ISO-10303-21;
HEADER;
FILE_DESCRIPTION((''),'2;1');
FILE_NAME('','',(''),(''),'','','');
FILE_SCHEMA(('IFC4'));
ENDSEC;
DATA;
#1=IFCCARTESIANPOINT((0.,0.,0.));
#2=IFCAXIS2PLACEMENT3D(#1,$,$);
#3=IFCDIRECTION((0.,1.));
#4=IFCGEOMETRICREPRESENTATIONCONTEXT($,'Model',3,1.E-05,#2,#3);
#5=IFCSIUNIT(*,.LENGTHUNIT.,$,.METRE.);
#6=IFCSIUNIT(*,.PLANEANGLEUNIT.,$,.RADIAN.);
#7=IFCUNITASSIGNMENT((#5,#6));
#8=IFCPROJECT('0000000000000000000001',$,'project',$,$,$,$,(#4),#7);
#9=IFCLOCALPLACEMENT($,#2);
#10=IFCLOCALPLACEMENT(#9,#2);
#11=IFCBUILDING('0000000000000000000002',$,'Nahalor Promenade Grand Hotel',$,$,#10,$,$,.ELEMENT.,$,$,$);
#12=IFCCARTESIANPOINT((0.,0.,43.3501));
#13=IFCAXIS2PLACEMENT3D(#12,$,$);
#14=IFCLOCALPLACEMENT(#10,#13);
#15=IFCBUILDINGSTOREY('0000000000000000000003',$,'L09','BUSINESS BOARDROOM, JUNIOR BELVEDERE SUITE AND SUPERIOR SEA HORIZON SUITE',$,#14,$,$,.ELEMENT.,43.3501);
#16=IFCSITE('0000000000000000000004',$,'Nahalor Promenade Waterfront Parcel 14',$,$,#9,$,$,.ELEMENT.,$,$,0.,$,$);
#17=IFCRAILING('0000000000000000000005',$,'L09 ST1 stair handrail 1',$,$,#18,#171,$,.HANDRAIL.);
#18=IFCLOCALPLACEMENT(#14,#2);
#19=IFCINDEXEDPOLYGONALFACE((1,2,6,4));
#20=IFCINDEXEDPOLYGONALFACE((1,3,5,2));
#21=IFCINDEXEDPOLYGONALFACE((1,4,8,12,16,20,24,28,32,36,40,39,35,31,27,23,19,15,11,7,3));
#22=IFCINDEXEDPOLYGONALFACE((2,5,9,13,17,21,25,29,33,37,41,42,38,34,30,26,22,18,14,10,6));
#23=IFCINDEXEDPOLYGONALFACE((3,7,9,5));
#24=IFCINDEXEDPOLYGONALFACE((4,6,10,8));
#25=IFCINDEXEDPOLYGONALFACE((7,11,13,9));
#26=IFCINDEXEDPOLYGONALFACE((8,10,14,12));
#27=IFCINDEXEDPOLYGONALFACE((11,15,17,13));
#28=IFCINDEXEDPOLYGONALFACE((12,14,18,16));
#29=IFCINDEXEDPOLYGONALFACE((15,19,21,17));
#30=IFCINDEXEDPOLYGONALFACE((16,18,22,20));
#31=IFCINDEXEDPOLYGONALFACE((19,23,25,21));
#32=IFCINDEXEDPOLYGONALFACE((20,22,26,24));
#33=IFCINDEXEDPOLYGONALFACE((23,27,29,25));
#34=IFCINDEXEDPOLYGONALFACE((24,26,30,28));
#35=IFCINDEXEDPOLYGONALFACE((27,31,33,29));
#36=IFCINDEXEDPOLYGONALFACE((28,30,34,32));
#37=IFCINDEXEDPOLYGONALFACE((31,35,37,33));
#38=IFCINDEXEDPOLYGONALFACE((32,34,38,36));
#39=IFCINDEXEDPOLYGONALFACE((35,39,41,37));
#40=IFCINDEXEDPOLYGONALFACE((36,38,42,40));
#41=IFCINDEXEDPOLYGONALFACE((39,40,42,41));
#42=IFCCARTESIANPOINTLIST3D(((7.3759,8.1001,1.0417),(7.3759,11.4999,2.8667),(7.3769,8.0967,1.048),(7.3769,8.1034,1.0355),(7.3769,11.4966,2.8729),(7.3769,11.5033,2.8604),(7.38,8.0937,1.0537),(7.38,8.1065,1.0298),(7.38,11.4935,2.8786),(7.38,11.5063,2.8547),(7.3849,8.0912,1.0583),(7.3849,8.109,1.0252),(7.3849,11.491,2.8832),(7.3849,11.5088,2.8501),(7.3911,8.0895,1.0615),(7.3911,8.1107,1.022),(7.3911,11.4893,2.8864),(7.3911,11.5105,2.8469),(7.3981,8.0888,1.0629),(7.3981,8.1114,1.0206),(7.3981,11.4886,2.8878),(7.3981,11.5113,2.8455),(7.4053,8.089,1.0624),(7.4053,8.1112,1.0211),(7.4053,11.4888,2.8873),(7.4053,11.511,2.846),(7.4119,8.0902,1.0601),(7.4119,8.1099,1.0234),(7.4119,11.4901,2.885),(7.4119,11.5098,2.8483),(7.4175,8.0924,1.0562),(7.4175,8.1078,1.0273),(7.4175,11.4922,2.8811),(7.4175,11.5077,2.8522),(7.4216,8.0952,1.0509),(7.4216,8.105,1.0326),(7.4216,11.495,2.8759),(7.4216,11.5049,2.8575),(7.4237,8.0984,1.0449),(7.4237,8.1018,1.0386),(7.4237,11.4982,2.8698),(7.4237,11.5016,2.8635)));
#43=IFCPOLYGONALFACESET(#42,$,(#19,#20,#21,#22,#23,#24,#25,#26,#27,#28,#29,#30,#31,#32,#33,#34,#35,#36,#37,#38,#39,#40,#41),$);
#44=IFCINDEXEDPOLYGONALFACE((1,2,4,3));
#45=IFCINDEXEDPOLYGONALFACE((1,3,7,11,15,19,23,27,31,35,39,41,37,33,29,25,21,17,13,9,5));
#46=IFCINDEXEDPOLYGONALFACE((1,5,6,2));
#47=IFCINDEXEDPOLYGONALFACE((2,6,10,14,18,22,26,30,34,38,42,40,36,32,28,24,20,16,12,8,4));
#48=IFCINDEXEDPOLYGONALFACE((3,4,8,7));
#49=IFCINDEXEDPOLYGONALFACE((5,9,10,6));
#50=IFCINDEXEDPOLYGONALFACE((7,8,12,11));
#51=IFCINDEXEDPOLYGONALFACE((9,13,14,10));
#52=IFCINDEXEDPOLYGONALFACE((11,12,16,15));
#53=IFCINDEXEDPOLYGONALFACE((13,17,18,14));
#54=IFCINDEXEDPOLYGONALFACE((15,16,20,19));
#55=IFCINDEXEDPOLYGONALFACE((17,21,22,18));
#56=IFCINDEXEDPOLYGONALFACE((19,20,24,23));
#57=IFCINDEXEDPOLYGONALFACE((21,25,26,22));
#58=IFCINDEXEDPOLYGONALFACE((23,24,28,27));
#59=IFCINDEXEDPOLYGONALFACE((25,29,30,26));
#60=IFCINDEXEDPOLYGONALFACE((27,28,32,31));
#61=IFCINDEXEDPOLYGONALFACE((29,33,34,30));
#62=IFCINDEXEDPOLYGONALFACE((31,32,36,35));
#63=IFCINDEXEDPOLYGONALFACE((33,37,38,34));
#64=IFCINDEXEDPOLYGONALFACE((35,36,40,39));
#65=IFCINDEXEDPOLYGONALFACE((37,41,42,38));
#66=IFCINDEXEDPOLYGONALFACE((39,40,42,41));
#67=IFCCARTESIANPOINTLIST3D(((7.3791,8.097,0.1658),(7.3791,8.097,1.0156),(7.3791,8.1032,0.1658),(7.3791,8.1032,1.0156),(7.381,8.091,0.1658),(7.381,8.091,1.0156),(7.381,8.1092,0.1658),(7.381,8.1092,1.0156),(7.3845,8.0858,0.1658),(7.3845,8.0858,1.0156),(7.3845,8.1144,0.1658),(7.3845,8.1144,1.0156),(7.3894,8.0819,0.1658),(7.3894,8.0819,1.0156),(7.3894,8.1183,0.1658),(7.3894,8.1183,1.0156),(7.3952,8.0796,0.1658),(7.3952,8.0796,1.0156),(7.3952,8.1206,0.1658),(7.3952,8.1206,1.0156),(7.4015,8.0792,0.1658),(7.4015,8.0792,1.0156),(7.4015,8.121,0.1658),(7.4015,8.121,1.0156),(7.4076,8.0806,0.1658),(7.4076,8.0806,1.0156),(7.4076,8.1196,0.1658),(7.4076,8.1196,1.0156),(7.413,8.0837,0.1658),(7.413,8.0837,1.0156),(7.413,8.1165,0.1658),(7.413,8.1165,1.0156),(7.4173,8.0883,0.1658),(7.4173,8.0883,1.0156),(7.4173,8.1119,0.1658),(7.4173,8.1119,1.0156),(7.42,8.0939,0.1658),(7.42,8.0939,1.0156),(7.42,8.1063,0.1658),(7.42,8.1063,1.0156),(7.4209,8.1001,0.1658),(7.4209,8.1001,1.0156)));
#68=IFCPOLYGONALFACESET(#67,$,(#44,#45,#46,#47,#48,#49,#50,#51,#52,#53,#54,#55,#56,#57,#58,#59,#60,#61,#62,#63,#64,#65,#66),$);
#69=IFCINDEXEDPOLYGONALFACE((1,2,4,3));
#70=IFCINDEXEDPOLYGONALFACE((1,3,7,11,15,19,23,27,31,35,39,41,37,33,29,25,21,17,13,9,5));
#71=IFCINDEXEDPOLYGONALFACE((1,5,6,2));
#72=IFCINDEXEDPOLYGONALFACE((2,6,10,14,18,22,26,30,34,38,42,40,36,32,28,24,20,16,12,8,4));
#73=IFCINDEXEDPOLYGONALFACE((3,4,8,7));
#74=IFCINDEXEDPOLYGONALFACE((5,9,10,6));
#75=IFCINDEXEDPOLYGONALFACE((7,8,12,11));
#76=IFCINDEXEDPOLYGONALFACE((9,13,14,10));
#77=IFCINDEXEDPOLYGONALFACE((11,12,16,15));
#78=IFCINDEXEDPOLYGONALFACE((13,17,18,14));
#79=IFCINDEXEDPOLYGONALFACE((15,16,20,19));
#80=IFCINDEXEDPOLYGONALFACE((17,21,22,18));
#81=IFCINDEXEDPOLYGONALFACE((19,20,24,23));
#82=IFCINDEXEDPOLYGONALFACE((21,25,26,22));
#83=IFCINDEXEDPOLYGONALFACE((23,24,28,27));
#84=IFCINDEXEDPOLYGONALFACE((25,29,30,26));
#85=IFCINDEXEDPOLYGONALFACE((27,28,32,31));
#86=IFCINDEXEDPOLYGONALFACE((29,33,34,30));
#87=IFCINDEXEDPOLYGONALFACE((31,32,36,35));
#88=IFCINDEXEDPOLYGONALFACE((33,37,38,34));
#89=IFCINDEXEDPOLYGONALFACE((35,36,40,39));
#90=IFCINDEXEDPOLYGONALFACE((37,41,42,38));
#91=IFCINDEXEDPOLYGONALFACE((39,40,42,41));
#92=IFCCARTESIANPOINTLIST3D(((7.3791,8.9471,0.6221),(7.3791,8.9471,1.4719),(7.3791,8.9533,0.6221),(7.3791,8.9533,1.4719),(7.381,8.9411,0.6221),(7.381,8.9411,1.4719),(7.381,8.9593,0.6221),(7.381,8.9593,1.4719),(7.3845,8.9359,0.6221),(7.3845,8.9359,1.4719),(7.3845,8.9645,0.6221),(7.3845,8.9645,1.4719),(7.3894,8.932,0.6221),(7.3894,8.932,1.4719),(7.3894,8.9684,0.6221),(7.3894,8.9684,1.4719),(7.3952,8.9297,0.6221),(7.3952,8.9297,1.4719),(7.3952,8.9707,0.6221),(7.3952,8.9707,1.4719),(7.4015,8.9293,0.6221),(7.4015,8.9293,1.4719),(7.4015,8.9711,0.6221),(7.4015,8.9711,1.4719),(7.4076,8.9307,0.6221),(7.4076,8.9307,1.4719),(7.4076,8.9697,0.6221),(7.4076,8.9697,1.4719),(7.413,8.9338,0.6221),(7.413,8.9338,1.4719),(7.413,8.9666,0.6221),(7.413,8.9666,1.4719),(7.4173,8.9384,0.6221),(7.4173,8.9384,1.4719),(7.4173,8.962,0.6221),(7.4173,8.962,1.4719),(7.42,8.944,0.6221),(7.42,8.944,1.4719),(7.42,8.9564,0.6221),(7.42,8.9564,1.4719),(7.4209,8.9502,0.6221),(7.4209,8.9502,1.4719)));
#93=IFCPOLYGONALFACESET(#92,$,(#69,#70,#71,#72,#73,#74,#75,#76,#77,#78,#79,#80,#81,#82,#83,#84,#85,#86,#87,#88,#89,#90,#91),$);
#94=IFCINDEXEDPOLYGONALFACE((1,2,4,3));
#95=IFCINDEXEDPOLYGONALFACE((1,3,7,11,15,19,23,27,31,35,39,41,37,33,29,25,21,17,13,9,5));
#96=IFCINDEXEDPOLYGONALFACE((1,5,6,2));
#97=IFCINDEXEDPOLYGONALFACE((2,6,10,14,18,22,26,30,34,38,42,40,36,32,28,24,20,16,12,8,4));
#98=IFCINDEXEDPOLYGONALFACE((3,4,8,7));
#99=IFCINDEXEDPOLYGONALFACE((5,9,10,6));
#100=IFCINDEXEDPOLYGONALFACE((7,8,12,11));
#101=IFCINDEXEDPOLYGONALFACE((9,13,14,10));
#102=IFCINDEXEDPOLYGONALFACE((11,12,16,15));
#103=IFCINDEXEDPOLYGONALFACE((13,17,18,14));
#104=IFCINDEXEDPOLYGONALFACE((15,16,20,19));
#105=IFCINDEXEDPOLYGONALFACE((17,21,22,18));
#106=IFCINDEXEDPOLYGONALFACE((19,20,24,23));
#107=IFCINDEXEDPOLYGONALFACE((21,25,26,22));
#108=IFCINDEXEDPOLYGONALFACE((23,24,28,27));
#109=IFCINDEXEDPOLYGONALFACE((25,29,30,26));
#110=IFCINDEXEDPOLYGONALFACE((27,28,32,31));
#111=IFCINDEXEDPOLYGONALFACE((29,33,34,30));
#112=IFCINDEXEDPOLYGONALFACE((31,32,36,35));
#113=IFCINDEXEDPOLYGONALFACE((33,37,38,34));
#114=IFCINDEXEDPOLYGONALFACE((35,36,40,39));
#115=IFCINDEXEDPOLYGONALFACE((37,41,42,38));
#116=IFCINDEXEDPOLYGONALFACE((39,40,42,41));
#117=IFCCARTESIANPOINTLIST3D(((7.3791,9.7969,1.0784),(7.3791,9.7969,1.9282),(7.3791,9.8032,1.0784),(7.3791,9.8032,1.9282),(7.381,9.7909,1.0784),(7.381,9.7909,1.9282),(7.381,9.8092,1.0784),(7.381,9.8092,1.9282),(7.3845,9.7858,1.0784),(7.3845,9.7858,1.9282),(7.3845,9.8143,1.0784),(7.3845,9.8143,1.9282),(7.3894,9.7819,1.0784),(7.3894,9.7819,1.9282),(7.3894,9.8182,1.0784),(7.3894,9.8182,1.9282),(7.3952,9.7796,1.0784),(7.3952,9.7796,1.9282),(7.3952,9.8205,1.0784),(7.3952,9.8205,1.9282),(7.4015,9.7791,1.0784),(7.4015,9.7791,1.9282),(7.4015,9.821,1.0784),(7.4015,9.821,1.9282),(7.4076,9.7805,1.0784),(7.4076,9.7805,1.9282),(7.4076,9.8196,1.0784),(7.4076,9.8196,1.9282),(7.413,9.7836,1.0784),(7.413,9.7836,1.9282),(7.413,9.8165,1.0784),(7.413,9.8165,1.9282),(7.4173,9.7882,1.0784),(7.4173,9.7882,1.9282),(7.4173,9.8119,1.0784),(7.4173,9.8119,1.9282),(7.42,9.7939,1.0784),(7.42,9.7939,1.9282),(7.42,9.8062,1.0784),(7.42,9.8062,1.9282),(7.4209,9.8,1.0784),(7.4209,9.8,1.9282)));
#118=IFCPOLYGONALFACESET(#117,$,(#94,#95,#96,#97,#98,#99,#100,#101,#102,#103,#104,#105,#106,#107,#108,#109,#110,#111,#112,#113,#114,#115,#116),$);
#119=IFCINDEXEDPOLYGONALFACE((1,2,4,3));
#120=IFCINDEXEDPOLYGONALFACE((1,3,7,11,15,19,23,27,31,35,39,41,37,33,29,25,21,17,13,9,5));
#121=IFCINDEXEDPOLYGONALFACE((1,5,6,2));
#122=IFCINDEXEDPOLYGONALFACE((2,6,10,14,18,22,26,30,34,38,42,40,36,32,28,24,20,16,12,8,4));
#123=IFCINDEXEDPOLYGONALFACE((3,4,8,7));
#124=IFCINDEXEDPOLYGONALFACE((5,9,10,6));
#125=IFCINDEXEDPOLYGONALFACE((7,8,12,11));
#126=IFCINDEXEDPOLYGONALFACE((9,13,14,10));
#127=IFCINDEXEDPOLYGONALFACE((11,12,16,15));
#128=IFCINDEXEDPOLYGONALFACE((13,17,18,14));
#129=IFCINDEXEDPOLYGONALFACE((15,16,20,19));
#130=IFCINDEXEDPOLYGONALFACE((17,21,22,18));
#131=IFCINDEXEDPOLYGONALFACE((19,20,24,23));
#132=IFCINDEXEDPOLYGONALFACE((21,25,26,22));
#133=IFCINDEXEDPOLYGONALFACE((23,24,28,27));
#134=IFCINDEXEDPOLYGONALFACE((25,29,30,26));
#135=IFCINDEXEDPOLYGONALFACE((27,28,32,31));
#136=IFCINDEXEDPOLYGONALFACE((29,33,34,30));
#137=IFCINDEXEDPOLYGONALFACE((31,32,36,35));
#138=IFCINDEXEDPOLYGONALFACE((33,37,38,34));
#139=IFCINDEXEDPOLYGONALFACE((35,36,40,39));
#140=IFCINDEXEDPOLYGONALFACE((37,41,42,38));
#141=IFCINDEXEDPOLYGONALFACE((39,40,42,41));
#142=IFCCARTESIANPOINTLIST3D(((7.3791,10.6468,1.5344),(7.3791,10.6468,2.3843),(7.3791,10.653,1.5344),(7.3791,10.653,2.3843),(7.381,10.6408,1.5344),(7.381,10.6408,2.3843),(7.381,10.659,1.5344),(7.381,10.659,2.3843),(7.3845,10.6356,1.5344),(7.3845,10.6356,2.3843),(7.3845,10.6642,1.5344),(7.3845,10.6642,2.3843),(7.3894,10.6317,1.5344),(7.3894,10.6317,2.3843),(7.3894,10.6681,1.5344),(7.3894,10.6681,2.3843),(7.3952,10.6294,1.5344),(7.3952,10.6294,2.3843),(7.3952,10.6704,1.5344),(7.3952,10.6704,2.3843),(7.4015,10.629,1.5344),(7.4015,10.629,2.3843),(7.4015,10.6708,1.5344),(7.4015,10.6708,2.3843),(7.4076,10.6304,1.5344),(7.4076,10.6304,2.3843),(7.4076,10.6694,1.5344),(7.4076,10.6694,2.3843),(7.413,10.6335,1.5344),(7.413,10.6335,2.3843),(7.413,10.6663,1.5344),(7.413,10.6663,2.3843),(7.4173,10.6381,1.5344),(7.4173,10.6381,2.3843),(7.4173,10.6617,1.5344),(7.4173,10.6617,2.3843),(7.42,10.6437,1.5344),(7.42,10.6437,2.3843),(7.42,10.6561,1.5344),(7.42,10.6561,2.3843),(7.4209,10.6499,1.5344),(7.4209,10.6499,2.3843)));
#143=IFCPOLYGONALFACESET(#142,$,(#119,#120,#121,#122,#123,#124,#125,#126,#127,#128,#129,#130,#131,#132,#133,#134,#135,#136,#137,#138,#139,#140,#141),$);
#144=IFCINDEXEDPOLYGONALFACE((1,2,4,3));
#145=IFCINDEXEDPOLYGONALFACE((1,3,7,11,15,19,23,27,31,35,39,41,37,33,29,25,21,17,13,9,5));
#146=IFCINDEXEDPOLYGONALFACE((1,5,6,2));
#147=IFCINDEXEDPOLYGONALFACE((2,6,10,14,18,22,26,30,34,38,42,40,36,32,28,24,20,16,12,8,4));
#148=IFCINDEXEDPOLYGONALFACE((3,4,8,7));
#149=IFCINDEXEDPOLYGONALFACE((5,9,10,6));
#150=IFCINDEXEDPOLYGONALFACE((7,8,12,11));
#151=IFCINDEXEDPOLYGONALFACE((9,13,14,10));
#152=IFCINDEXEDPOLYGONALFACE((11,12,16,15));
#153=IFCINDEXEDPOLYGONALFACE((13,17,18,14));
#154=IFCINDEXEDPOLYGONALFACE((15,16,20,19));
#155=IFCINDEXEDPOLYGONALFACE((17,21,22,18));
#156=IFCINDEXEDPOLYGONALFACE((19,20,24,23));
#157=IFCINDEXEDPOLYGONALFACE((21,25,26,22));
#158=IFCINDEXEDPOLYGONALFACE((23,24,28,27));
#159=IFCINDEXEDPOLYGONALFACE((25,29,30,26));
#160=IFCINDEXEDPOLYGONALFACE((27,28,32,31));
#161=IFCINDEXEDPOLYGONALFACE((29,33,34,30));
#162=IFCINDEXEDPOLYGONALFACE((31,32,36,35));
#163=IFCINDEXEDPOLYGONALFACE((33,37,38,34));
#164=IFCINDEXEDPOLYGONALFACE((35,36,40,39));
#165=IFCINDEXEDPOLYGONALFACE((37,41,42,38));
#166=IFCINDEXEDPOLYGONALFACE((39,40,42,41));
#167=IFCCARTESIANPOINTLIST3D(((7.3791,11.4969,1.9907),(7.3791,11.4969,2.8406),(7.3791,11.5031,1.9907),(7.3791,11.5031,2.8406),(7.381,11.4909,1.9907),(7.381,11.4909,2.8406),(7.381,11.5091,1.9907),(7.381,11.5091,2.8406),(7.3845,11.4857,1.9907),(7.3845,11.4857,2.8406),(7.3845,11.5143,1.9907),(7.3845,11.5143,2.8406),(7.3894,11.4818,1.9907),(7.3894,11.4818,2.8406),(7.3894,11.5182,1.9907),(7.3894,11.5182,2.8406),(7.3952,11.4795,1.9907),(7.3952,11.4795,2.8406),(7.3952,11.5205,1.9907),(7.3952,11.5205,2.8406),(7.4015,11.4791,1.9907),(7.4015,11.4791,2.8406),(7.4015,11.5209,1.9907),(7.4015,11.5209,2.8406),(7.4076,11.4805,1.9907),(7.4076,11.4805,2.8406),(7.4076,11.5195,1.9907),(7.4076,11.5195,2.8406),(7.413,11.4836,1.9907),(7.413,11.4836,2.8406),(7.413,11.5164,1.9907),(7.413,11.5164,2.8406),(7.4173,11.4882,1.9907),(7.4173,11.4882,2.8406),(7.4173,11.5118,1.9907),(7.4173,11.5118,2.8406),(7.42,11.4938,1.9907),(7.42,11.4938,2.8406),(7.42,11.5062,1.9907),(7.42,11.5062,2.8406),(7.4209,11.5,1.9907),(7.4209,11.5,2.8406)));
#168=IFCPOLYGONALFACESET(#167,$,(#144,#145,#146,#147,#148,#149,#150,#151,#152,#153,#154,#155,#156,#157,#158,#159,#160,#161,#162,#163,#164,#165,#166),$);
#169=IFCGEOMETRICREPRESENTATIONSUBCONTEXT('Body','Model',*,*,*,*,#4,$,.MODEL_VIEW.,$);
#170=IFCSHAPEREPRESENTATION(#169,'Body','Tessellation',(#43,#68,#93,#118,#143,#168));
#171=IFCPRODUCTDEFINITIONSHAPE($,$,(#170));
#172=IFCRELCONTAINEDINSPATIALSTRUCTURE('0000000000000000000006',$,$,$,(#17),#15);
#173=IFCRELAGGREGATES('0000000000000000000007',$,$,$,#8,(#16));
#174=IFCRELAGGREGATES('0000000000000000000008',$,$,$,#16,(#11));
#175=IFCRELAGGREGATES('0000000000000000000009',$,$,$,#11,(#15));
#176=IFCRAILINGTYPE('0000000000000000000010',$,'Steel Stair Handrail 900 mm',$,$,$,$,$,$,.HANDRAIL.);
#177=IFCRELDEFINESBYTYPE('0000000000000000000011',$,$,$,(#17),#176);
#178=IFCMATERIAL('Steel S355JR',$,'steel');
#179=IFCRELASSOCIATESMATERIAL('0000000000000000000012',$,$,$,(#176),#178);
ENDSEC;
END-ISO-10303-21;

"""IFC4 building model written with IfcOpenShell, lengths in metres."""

from ifc_helpers import new_model, si_unit, direction, frame, origin, origin_2d, place, context, subcontext, project, spatial, circle, extrude, material, type_object, element, save


model = new_model("IFC4")

# Units and contexts
model_context = context("Model", 3, precision=1e-05, world=origin(), true_north=direction((0.0, 1.0)))
body_context = subcontext(model_context, "Body", "Model", "MODEL_VIEW")
ifc_project = project(units=[si_unit("LENGTHUNIT", "METRE"), si_unit("PLANEANGLEUNIT", "RADIAN")], contexts=[model_context])

# Site, building, storey
site_placement = place(None, origin())
site = spatial("IfcSite", under=ifc_project, at=site_placement, Name="Nahalor Promenade Waterfront Parcel 14", CompositionType="ELEMENT", RefElevation=0.0)
building_placement = place(site_placement, origin())
building = spatial("IfcBuilding", under=site, at=building_placement, Name="Nahalor Promenade Grand Hotel", CompositionType="ELEMENT")
storey_placement = place(building_placement, frame((0.0, 0.0, 43.3501)))
storey = spatial("IfcBuildingStorey", under=building, at=storey_placement, Name="L09", Description="BUSINESS BOARDROOM, JUNIOR BELVEDERE SUITE AND SUPERIOR SEA HORIZON SUITE", CompositionType="ELEMENT", Elevation=43.3501)

# Shared definitions
ifc_material_1 = material(Name="Steel S355JR", Category="steel")

# Railing
railing_type_1 = type_object("IfcRailingType", Name="Steel Stair Handrail 900 mm", PredefinedType="HANDRAIL", material=ifc_material_1)
railing_1_placement = place(storey_placement, frame((7.3999, 8.1001, 0.1658)))
element("IfcRailing", 1, at=railing_1_placement, inside=storey, type_object=railing_type_1, Name="L09 ST1 stair handrail 1", PredefinedType="HANDRAIL", context=body_context, shape_type="SweptSolid", body=[
    extrude(circle(Radius=0.024, at=origin_2d()), frame((0.0, 0.0, 0.876), z_axis=(0.0, 0.881094, 0.472941), x_axis=(-1.0, 0.0, 0.0)), (0.0, 0.0, 1.0), 3.8586),
    extrude(circle(Radius=0.021, at=origin_2d()), origin(), (0.0, 0.0, 1.0), 0.8499),
    extrude(circle(Radius=0.021, at=origin_2d()), frame((0.0, 0.8501, 0.4563)), (0.0, 0.0, 1.0), 0.8499),
    extrude(circle(Radius=0.021, at=origin_2d()), frame((0.0, 1.7, 0.9126)), (0.0, 0.0, 1.0), 0.8499),
    extrude(circle(Radius=0.021, at=origin_2d()), frame((0.0, 2.5498, 1.3687)), (0.0, 0.0, 1.0), 0.8499),
    extrude(circle(Radius=0.021, at=origin_2d()), frame((0.0, 3.3999, 1.825)), (0.0, 0.0, 1.0), 0.8499),
])

save(model, "model.ifc")
